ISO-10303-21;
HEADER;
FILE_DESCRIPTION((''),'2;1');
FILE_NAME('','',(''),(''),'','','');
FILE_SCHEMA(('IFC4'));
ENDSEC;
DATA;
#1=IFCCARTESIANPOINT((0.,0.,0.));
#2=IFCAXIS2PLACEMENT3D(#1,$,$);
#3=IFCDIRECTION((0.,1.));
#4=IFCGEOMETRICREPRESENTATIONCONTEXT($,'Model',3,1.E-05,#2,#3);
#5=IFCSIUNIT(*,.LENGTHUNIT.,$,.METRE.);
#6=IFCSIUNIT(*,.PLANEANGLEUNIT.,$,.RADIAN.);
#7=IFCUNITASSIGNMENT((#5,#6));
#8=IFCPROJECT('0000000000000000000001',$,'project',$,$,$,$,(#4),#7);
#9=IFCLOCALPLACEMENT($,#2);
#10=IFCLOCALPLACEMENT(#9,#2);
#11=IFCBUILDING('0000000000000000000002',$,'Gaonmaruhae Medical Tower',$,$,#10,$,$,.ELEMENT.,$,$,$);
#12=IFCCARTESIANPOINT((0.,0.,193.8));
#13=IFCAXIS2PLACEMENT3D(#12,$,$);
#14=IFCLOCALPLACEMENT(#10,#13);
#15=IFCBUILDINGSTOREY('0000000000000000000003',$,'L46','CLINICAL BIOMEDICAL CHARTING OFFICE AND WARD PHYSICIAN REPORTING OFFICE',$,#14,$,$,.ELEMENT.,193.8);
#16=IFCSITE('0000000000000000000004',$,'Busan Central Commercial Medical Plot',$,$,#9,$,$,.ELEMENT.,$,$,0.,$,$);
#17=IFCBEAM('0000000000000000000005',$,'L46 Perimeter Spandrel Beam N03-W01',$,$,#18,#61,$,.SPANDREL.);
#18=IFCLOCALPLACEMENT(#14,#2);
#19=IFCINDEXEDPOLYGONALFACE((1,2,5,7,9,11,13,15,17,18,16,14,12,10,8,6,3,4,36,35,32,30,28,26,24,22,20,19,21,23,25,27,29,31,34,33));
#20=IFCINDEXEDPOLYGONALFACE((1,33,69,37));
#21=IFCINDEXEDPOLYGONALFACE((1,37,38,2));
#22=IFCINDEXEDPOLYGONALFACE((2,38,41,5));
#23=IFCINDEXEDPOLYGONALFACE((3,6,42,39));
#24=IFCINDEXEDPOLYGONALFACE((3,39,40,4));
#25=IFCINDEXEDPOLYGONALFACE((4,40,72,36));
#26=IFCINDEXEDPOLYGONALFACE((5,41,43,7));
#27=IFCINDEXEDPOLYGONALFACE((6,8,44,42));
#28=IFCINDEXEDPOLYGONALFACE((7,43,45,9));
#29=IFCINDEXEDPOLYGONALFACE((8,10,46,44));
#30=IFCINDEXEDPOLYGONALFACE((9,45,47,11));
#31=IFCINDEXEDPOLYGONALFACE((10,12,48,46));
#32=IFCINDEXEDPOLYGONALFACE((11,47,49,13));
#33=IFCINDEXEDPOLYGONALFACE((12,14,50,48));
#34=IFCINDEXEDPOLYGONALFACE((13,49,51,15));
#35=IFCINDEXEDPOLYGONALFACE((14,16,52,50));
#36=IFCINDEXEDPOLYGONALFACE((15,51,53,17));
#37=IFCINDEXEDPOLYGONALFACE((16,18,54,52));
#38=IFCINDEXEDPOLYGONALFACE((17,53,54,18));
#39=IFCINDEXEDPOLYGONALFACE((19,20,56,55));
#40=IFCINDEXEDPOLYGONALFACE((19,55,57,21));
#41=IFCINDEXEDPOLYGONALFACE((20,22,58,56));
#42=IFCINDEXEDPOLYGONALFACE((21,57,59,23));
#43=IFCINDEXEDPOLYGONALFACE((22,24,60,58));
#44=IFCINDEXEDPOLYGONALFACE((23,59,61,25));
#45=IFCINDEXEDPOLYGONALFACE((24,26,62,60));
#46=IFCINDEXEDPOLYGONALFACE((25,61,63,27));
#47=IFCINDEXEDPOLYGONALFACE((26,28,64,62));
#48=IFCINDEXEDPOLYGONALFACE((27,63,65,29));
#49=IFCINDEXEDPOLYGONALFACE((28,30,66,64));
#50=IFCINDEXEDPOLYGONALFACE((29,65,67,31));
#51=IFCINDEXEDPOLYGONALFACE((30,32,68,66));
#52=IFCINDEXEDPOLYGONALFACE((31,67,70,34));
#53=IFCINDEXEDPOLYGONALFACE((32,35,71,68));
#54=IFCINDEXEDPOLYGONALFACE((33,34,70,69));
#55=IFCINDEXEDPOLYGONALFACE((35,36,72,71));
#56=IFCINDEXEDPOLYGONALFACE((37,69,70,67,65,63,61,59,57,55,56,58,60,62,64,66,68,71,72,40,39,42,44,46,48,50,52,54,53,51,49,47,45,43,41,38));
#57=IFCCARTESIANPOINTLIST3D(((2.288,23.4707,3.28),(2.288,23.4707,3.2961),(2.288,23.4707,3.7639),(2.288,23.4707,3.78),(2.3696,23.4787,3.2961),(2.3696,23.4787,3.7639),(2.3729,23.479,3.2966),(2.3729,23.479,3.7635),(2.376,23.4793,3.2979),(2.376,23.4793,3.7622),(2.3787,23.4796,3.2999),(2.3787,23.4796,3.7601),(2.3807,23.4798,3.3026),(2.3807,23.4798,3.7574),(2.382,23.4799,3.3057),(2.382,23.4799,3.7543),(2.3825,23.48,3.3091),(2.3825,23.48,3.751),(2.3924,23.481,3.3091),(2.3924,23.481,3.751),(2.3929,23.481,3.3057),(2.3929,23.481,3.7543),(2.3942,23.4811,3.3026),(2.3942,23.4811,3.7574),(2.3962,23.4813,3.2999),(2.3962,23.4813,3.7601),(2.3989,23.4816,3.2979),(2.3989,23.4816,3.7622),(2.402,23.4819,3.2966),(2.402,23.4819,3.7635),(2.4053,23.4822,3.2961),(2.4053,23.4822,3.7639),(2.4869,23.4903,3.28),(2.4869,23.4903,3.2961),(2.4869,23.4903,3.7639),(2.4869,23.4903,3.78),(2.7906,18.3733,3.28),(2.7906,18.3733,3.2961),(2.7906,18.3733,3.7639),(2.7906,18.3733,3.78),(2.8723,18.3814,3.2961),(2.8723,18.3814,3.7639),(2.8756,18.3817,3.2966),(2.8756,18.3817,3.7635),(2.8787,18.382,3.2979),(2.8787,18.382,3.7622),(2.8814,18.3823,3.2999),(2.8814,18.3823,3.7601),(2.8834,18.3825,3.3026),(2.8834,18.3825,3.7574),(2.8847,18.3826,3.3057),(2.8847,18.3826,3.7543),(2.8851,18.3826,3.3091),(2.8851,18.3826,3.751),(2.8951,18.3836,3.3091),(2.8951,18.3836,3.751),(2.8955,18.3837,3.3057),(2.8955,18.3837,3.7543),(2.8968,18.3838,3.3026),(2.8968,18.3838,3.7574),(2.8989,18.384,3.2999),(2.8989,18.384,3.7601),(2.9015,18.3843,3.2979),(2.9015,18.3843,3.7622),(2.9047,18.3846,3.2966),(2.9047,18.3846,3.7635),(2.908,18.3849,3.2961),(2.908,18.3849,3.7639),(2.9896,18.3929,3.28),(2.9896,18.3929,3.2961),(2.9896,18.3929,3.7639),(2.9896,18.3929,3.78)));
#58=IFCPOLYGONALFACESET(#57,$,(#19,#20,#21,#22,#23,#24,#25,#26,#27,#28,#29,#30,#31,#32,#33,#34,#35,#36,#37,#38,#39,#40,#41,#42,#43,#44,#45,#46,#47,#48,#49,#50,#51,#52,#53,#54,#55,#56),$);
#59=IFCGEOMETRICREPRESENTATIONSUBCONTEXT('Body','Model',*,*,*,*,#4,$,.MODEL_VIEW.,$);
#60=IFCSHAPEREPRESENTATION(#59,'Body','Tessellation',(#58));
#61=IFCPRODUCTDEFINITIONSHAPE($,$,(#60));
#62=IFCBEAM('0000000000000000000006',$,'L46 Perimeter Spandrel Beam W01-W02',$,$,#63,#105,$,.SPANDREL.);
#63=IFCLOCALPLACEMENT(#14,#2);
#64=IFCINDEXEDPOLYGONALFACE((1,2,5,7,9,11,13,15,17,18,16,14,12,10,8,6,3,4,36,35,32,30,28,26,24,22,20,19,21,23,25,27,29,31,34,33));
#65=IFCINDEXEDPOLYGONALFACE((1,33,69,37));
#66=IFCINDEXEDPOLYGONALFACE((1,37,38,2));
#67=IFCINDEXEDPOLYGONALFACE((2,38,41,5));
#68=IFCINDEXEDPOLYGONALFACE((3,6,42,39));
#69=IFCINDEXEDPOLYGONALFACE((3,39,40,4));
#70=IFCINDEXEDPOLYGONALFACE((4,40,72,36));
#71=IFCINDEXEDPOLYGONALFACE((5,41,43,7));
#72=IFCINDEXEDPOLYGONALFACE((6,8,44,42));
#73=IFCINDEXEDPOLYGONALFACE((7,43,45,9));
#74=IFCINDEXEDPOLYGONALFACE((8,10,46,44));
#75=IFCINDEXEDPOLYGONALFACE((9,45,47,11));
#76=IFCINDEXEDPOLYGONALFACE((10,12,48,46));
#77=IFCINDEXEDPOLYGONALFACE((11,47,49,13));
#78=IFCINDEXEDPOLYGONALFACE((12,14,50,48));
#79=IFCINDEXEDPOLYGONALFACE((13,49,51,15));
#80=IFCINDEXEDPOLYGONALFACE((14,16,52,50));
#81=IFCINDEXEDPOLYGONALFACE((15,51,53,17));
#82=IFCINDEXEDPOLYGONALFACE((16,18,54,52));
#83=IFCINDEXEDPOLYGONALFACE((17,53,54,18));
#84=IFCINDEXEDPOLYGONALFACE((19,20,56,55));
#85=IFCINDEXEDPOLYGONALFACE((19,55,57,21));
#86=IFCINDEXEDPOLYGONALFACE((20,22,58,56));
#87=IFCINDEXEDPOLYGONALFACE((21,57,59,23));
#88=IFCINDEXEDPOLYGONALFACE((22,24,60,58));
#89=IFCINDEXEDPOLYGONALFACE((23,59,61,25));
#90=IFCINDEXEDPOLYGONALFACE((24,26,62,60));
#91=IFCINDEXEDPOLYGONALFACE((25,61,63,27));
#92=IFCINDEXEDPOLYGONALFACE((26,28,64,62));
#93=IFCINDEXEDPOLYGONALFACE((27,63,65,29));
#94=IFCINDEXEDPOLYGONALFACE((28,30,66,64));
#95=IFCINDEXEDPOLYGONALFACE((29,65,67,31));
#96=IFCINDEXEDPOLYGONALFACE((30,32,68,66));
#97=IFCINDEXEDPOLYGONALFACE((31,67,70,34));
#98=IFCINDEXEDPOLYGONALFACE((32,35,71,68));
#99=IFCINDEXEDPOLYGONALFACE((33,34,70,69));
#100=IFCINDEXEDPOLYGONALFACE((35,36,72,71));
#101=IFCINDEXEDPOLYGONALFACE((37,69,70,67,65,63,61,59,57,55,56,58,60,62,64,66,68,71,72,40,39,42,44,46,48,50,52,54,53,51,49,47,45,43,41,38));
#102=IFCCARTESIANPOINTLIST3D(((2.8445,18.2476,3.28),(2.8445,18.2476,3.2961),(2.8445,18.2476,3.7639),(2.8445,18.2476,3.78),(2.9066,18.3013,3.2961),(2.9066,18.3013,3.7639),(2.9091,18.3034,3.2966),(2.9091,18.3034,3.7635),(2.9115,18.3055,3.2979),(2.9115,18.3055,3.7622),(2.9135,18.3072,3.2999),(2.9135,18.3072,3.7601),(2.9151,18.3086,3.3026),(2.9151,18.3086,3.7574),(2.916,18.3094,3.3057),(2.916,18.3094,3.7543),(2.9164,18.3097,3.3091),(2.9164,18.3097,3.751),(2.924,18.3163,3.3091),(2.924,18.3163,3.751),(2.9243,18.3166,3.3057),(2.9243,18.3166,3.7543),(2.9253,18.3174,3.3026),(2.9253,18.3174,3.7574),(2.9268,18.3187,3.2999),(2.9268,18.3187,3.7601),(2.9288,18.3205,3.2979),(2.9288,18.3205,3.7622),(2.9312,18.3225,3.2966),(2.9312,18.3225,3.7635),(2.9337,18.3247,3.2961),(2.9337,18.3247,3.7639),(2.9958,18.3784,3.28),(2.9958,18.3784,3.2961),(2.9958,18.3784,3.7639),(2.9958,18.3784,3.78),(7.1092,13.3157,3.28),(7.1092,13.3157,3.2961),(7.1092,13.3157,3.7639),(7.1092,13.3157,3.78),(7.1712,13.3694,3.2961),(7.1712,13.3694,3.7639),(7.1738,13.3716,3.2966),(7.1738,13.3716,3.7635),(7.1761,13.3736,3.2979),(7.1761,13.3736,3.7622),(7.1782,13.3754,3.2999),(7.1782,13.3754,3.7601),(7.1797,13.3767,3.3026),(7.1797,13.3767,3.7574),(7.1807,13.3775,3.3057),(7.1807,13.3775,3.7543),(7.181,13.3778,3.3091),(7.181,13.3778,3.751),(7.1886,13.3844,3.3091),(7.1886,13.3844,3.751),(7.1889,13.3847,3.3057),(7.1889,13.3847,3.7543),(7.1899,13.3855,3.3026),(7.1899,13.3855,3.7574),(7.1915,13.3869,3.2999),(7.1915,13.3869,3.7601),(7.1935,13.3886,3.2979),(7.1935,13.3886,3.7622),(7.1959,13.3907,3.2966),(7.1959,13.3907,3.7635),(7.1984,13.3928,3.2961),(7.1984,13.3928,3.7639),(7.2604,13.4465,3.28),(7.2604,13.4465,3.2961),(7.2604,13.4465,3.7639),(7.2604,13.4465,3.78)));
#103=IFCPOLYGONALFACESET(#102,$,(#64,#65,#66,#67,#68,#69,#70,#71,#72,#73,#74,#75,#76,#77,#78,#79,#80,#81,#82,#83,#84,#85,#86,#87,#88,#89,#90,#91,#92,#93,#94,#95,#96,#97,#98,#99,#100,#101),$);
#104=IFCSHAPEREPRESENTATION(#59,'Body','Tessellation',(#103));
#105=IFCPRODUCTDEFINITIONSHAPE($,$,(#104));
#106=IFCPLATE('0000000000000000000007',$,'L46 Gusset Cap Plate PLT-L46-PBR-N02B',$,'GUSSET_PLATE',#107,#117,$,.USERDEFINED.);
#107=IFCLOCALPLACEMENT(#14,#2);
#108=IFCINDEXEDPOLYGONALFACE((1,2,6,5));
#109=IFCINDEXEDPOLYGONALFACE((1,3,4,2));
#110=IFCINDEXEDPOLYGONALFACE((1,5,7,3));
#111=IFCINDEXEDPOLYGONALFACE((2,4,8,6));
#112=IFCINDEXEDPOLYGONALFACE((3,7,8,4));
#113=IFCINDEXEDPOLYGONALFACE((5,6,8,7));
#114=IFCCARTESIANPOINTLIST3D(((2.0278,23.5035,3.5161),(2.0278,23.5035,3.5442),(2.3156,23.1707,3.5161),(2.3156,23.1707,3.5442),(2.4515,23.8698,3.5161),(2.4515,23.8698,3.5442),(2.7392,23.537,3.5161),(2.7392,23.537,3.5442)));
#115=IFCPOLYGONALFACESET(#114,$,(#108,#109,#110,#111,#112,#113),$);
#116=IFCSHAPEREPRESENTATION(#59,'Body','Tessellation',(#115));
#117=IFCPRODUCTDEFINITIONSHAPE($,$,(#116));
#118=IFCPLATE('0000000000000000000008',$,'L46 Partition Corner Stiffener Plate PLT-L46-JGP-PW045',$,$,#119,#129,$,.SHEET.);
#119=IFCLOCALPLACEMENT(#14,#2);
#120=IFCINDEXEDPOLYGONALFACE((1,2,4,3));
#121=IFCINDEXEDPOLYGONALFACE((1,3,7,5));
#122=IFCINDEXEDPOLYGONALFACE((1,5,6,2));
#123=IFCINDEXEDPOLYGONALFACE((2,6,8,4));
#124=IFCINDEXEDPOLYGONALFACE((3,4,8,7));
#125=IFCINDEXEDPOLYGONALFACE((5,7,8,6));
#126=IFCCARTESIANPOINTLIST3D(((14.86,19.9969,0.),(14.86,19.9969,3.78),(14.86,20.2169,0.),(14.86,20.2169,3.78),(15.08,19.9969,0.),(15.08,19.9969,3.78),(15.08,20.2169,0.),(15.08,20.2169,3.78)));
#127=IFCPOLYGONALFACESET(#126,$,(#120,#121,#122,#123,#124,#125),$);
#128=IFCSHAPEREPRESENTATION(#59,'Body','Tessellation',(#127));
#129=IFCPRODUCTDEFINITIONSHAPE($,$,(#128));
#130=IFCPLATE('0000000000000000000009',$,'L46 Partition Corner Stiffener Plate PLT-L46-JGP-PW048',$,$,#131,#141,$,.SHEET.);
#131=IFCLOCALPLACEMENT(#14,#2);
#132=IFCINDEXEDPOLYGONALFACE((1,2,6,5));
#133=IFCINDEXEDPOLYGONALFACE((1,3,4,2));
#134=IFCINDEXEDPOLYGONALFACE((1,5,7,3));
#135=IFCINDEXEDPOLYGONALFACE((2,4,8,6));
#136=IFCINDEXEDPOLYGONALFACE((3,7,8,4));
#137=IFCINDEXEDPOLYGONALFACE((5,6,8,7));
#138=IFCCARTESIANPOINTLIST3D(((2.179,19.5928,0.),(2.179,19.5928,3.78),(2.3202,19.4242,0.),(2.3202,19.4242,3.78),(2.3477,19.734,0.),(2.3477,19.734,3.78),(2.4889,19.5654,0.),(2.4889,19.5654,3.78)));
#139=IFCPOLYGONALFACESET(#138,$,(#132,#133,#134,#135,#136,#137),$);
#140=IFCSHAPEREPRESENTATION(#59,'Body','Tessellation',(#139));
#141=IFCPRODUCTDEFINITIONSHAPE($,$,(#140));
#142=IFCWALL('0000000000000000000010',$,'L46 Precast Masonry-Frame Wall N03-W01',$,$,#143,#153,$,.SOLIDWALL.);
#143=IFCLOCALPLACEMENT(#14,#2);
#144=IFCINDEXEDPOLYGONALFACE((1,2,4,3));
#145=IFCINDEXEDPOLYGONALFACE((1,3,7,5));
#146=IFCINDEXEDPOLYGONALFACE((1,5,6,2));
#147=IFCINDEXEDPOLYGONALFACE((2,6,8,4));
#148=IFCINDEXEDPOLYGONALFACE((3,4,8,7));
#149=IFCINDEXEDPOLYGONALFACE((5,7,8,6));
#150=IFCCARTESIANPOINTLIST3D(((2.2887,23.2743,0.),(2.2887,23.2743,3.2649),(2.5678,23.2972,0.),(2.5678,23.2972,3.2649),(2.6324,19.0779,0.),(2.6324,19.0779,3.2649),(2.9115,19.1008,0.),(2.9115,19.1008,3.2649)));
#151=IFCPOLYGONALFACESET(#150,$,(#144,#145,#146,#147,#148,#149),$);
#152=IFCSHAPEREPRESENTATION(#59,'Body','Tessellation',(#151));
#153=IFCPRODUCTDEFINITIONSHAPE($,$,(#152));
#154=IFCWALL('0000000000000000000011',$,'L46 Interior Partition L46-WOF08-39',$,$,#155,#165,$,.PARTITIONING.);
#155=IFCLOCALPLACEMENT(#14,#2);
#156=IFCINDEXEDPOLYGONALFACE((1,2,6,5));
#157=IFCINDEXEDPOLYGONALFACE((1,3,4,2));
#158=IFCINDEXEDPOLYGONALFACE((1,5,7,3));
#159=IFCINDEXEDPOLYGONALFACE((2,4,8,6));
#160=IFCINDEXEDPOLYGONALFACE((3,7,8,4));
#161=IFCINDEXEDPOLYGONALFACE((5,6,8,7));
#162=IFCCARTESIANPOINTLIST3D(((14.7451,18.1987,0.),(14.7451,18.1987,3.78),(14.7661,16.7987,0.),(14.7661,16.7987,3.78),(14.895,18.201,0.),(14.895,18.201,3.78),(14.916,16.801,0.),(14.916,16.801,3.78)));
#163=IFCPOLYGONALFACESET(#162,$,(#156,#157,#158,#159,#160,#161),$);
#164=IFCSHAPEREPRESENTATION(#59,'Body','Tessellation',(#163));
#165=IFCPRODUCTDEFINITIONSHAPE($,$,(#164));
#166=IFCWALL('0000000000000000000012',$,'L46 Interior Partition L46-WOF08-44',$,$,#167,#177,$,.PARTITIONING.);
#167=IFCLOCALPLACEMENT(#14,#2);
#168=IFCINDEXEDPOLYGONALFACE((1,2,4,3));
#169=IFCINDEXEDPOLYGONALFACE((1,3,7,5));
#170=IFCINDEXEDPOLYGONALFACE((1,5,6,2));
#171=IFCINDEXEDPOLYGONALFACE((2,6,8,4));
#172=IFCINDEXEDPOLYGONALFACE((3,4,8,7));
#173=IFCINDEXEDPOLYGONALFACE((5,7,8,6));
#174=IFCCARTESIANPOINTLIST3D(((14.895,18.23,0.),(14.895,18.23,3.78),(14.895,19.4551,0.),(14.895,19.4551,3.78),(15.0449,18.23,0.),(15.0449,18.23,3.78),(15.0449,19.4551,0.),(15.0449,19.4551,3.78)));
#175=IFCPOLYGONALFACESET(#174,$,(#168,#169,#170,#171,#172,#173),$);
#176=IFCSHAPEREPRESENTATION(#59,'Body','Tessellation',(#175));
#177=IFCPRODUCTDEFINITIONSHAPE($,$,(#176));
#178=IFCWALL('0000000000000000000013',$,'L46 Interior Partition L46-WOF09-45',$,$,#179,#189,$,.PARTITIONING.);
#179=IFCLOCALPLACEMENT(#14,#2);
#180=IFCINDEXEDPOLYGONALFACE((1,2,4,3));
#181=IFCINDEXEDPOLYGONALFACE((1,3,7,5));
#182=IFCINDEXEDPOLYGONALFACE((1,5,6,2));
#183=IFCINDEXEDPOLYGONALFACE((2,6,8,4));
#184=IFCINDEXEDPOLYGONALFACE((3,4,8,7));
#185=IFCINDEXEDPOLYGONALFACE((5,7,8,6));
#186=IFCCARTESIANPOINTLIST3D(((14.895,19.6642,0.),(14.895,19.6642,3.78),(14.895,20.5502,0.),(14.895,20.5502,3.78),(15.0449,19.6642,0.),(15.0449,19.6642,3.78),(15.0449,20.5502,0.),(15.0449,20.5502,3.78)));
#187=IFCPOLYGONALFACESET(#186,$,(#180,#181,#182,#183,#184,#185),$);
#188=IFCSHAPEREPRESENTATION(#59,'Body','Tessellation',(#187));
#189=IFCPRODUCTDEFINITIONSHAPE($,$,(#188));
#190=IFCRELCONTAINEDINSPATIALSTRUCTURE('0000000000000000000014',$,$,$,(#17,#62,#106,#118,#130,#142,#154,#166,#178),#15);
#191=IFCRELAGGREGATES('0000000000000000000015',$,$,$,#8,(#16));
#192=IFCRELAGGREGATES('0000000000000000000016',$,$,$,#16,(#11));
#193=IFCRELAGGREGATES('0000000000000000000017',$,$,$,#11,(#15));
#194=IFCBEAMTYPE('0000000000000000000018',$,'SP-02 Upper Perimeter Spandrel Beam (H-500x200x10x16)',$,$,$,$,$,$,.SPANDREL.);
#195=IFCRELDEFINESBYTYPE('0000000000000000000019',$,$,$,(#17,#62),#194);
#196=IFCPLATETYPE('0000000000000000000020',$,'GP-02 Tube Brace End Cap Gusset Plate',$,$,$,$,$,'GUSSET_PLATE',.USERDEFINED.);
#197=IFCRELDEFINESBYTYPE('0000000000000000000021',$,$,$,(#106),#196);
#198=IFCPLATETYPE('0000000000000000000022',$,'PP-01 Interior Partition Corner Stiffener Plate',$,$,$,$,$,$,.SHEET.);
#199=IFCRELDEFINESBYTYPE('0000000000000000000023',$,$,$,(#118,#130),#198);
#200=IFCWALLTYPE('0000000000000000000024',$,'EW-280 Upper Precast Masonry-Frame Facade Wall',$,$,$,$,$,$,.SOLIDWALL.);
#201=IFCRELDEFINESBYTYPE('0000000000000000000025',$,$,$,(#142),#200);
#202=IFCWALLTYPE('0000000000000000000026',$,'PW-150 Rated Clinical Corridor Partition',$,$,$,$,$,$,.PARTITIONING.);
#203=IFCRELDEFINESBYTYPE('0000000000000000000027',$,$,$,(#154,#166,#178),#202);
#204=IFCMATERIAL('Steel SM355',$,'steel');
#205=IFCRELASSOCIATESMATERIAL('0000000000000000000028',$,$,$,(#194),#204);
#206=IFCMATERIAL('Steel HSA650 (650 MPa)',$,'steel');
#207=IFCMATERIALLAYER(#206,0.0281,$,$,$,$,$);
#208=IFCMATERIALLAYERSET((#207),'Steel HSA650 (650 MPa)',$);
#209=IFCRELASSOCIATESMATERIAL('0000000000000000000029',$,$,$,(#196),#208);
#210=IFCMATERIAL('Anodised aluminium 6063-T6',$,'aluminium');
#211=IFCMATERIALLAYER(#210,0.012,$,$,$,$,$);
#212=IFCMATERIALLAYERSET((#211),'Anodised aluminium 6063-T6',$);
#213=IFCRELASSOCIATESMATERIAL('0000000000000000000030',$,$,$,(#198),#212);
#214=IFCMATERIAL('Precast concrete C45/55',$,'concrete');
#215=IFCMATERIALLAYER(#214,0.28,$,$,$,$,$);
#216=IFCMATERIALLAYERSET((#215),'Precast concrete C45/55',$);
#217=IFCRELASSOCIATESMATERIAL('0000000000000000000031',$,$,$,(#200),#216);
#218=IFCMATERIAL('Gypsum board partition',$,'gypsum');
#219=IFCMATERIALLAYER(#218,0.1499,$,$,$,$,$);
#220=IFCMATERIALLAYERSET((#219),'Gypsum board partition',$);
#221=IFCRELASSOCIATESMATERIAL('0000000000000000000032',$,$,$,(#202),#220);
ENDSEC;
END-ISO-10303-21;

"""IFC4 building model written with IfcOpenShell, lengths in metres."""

from ifc_helpers import new_model, si_unit, direction, frame, frame_2d, origin, origin_2d, place, context, subcontext, project, spatial, rectangle, i_section, extrude, material, layer, layer_set, material_profile, profile_set, type_object, element, save


model = new_model("IFC4")

# Units and contexts
model_context = context("Model", 3, precision=1e-05, world=origin(), true_north=direction((0.0, 1.0)))
body_context = subcontext(model_context, "Body", "Model", "MODEL_VIEW")
ifc_project = project(units=[si_unit("LENGTHUNIT", "METRE"), si_unit("PLANEANGLEUNIT", "RADIAN")], contexts=[model_context])

# Site, building, storey
site_placement = place(None, origin())
site = spatial("IfcSite", under=ifc_project, at=site_placement, Name="Busan Central Commercial Medical Plot", CompositionType="ELEMENT", RefElevation=0.0)
building_placement = place(site_placement, origin())
building = spatial("IfcBuilding", under=site, at=building_placement, Name="Gaonmaruhae Medical Tower", CompositionType="ELEMENT")
storey_placement = place(building_placement, frame((0.0, 0.0, 193.8)))
storey = spatial("IfcBuildingStorey", under=building, at=storey_placement, Name="L46", Description="CLINICAL BIOMEDICAL CHARTING OFFICE AND WARD PHYSICIAN REPORTING OFFICE", CompositionType="ELEMENT", Elevation=193.8)

# Beams
ifc_material_1 = material(Name="Steel SM355", Category="steel")
ifc_material_profile_1 = material_profile(ifc_material_1, i_section(OverallWidth=0.2, OverallDepth=0.5, WebThickness=0.01, FlangeThickness=0.0161, FilletRadius=0.0129, at=origin_2d()), Name="H-500x200x10x16")
ifc_profile_set_1 = profile_set([ifc_material_profile_1], Name="Steel SM355")
beam_type_1 = type_object("IfcBeamType", Name="SP-02 Upper Perimeter Spandrel Beam (H-500x200x10x16)", PredefinedType="SPANDREL", material=ifc_profile_set_1)
beam_1_placement = place(storey_placement, frame((2.3875, 23.4805, 3.53), z_axis=(0.09814, -0.995173, 0.0), x_axis=(0.995173, 0.09814, 0.0)))
element("IfcBeam", 1, at=beam_1_placement, inside=storey, type_object=beam_type_1, Name="L46 Perimeter Spandrel Beam N03-W01", PredefinedType="SPANDREL", context=body_context, shape_type="SweptSolid", body=[
    extrude(i_section(OverallWidth=0.2, OverallDepth=0.5, WebThickness=0.01, FlangeThickness=0.0161, FilletRadius=0.0129, at=origin_2d()), origin(), (0.0, 0.0, 1.0), 5.1221),
])
beam_2_placement = place(storey_placement, frame((2.9202, 18.313, 3.53), z_axis=(0.654085, -0.756421, 0.0), x_axis=(0.756421, 0.654085, 0.0)))
element("IfcBeam", 2, at=beam_2_placement, inside=storey, type_object=beam_type_1, Name="L46 Perimeter Spandrel Beam W01-W02", PredefinedType="SPANDREL", context=body_context, shape_type="SweptSolid", body=[
    extrude(i_section(OverallWidth=0.2, OverallDepth=0.5, WebThickness=0.01, FlangeThickness=0.0161, FilletRadius=0.0129, at=origin_2d()), origin(), (0.0, 0.0, 1.0), 6.52),
])

# Plates
ifc_material_2 = material(Name="Steel HSA650 (650 MPa)", Category="steel")
ifc_layer_1 = layer(ifc_material_2, 0.0281)
ifc_layer_set_1 = layer_set([ifc_layer_1], Name="Steel HSA650 (650 MPa)")
plate_type_1 = type_object("IfcPlateType", Name="GP-02 Tube Brace End Cap Gusset Plate", ElementType="GUSSET_PLATE", PredefinedType="USERDEFINED", material=ifc_layer_set_1)
plate_placement = place(storey_placement, frame((2.3835, 23.5203, 3.5161), z_axis=(0.0, 0.0, 1.0), x_axis=(0.756425, 0.654081, 0.0)))
element("IfcPlate", 3, at=plate_placement, inside=storey, type_object=plate_type_1, Name="L46 Gusset Cap Plate PLT-L46-PBR-N02B", ObjectType="GUSSET_PLATE", PredefinedType="USERDEFINED", context=body_context, shape_type="SweptSolid", body=[
    extrude(rectangle(XDim=0.5601, YDim=0.4399, at=origin_2d()), origin(), (0.0, 0.0, 1.0), 0.0281),
])
ifc_material_3 = material(Name="Anodised aluminium 6063-T6", Category="aluminium")
ifc_layer_2 = layer(ifc_material_3, 0.012)
ifc_layer_set_2 = layer_set([ifc_layer_2], Name="Anodised aluminium 6063-T6")
plate_type_2 = type_object("IfcPlateType", Name="PP-01 Interior Partition Corner Stiffener Plate", PredefinedType="SHEET", material=ifc_layer_set_2)
for number, where, z_axis, x_axis, name in (
    (4, (14.97, 20.1069, 0.0), (0.0, 0.0, 1.0), (0.0, -1.0, 0.0), "L46 Partition Corner Stiffener Plate PLT-L46-JGP-PW045"),
    (5, (2.334, 19.5791, 0.0), (0.0, 0.0, 1.0), (0.766796, 0.641891, 0.0), "L46 Partition Corner Stiffener Plate PLT-L46-JGP-PW048"),
):
    element("IfcPlate", number, at=place(storey_placement, frame(where, z_axis=z_axis, x_axis=x_axis)), inside=storey, type_object=plate_type_2, Name=name, PredefinedType="SHEET", context=body_context, shape_type="SweptSolid", body=[
        extrude(rectangle(XDim=0.22, YDim=0.22, at=origin_2d()), origin(), (0.0, 0.0, 1.0), 3.78),
    ])

# Walls
ifc_material_4 = material(Name="Precast concrete C45/55", Category="concrete")
ifc_layer_3 = layer(ifc_material_4, 0.28)
ifc_layer_set_3 = layer_set([ifc_layer_3], Name="Precast concrete C45/55")
wall_type_1 = type_object("IfcWallType", Name="EW-280 Upper Precast Masonry-Frame Facade Wall", PredefinedType="SOLIDWALL", material=ifc_layer_set_3)
wall_1_placement = place(storey_placement, frame((2.772, 19.0894, 0.0), z_axis=(0.0, 0.0, 1.0), x_axis=(-0.081644, 0.996662, 0.0)))
element("IfcWall", 6, at=wall_1_placement, inside=storey, type_object=wall_type_1, Name="L46 Precast Masonry-Frame Wall N03-W01", PredefinedType="SOLIDWALL", context=body_context, shape_type="SweptSolid", body=[
    extrude(rectangle(XDim=4.2104, YDim=0.28, at=frame_2d((2.1052, 0.0))), origin(), (0.0, 0.0, 1.0), 3.2649),
])
ifc_material_5 = material(Name="Gypsum board partition", Category="gypsum")
ifc_layer_4 = layer(ifc_material_5, 0.1499)
ifc_layer_set_4 = layer_set([ifc_layer_4], Name="Gypsum board partition")
wall_type_2 = type_object("IfcWallType", Name="PW-150 Rated Clinical Corridor Partition", PredefinedType="PARTITIONING", material=ifc_layer_set_4)
wall_2_placement = place(storey_placement, frame((14.8201, 18.2, 0.0), z_axis=(0.0, 0.0, 1.0), x_axis=(0.014997, -0.999888, 0.0)))
element("IfcWall", 7, at=wall_2_placement, inside=storey, type_object=wall_type_2, Name="L46 Interior Partition L46-WOF08-39", PredefinedType="PARTITIONING", context=body_context, shape_type="SweptSolid", body=[
    extrude(rectangle(XDim=1.4001, YDim=0.1499, at=frame_2d((0.7002, 0.0))), origin(), (0.0, 0.0, 1.0), 3.78),
])
wall_3_placement = place(storey_placement, frame((14.97, 19.4551, 0.0), z_axis=(0.0, 0.0, 1.0), x_axis=(0.0, -1.0, 0.0)))
element("IfcWall", 8, at=wall_3_placement, inside=storey, type_object=wall_type_2, Name="L46 Interior Partition L46-WOF08-44", PredefinedType="PARTITIONING", context=body_context, shape_type="SweptSolid", body=[
    extrude(rectangle(XDim=1.2251, YDim=0.1499, at=frame_2d((0.6125, 0.0))), origin(), (0.0, 0.0, 1.0), 3.78),
])
wall_4_placement = place(storey_placement, frame((14.97, 20.55, 0.0), z_axis=(0.0, 0.0, 1.0), x_axis=(0.0, -1.0, 0.0)))
element("IfcWall", 9, at=wall_4_placement, inside=storey, type_object=wall_type_2, Name="L46 Interior Partition L46-WOF09-45", PredefinedType="PARTITIONING", context=body_context, shape_type="SweptSolid", body=[
    extrude(rectangle(XDim=0.886, YDim=0.1499, at=frame_2d((0.4429, 0.0))), origin(), (0.0, 0.0, 1.0), 3.78),
])

save(model, "model.ifc")
